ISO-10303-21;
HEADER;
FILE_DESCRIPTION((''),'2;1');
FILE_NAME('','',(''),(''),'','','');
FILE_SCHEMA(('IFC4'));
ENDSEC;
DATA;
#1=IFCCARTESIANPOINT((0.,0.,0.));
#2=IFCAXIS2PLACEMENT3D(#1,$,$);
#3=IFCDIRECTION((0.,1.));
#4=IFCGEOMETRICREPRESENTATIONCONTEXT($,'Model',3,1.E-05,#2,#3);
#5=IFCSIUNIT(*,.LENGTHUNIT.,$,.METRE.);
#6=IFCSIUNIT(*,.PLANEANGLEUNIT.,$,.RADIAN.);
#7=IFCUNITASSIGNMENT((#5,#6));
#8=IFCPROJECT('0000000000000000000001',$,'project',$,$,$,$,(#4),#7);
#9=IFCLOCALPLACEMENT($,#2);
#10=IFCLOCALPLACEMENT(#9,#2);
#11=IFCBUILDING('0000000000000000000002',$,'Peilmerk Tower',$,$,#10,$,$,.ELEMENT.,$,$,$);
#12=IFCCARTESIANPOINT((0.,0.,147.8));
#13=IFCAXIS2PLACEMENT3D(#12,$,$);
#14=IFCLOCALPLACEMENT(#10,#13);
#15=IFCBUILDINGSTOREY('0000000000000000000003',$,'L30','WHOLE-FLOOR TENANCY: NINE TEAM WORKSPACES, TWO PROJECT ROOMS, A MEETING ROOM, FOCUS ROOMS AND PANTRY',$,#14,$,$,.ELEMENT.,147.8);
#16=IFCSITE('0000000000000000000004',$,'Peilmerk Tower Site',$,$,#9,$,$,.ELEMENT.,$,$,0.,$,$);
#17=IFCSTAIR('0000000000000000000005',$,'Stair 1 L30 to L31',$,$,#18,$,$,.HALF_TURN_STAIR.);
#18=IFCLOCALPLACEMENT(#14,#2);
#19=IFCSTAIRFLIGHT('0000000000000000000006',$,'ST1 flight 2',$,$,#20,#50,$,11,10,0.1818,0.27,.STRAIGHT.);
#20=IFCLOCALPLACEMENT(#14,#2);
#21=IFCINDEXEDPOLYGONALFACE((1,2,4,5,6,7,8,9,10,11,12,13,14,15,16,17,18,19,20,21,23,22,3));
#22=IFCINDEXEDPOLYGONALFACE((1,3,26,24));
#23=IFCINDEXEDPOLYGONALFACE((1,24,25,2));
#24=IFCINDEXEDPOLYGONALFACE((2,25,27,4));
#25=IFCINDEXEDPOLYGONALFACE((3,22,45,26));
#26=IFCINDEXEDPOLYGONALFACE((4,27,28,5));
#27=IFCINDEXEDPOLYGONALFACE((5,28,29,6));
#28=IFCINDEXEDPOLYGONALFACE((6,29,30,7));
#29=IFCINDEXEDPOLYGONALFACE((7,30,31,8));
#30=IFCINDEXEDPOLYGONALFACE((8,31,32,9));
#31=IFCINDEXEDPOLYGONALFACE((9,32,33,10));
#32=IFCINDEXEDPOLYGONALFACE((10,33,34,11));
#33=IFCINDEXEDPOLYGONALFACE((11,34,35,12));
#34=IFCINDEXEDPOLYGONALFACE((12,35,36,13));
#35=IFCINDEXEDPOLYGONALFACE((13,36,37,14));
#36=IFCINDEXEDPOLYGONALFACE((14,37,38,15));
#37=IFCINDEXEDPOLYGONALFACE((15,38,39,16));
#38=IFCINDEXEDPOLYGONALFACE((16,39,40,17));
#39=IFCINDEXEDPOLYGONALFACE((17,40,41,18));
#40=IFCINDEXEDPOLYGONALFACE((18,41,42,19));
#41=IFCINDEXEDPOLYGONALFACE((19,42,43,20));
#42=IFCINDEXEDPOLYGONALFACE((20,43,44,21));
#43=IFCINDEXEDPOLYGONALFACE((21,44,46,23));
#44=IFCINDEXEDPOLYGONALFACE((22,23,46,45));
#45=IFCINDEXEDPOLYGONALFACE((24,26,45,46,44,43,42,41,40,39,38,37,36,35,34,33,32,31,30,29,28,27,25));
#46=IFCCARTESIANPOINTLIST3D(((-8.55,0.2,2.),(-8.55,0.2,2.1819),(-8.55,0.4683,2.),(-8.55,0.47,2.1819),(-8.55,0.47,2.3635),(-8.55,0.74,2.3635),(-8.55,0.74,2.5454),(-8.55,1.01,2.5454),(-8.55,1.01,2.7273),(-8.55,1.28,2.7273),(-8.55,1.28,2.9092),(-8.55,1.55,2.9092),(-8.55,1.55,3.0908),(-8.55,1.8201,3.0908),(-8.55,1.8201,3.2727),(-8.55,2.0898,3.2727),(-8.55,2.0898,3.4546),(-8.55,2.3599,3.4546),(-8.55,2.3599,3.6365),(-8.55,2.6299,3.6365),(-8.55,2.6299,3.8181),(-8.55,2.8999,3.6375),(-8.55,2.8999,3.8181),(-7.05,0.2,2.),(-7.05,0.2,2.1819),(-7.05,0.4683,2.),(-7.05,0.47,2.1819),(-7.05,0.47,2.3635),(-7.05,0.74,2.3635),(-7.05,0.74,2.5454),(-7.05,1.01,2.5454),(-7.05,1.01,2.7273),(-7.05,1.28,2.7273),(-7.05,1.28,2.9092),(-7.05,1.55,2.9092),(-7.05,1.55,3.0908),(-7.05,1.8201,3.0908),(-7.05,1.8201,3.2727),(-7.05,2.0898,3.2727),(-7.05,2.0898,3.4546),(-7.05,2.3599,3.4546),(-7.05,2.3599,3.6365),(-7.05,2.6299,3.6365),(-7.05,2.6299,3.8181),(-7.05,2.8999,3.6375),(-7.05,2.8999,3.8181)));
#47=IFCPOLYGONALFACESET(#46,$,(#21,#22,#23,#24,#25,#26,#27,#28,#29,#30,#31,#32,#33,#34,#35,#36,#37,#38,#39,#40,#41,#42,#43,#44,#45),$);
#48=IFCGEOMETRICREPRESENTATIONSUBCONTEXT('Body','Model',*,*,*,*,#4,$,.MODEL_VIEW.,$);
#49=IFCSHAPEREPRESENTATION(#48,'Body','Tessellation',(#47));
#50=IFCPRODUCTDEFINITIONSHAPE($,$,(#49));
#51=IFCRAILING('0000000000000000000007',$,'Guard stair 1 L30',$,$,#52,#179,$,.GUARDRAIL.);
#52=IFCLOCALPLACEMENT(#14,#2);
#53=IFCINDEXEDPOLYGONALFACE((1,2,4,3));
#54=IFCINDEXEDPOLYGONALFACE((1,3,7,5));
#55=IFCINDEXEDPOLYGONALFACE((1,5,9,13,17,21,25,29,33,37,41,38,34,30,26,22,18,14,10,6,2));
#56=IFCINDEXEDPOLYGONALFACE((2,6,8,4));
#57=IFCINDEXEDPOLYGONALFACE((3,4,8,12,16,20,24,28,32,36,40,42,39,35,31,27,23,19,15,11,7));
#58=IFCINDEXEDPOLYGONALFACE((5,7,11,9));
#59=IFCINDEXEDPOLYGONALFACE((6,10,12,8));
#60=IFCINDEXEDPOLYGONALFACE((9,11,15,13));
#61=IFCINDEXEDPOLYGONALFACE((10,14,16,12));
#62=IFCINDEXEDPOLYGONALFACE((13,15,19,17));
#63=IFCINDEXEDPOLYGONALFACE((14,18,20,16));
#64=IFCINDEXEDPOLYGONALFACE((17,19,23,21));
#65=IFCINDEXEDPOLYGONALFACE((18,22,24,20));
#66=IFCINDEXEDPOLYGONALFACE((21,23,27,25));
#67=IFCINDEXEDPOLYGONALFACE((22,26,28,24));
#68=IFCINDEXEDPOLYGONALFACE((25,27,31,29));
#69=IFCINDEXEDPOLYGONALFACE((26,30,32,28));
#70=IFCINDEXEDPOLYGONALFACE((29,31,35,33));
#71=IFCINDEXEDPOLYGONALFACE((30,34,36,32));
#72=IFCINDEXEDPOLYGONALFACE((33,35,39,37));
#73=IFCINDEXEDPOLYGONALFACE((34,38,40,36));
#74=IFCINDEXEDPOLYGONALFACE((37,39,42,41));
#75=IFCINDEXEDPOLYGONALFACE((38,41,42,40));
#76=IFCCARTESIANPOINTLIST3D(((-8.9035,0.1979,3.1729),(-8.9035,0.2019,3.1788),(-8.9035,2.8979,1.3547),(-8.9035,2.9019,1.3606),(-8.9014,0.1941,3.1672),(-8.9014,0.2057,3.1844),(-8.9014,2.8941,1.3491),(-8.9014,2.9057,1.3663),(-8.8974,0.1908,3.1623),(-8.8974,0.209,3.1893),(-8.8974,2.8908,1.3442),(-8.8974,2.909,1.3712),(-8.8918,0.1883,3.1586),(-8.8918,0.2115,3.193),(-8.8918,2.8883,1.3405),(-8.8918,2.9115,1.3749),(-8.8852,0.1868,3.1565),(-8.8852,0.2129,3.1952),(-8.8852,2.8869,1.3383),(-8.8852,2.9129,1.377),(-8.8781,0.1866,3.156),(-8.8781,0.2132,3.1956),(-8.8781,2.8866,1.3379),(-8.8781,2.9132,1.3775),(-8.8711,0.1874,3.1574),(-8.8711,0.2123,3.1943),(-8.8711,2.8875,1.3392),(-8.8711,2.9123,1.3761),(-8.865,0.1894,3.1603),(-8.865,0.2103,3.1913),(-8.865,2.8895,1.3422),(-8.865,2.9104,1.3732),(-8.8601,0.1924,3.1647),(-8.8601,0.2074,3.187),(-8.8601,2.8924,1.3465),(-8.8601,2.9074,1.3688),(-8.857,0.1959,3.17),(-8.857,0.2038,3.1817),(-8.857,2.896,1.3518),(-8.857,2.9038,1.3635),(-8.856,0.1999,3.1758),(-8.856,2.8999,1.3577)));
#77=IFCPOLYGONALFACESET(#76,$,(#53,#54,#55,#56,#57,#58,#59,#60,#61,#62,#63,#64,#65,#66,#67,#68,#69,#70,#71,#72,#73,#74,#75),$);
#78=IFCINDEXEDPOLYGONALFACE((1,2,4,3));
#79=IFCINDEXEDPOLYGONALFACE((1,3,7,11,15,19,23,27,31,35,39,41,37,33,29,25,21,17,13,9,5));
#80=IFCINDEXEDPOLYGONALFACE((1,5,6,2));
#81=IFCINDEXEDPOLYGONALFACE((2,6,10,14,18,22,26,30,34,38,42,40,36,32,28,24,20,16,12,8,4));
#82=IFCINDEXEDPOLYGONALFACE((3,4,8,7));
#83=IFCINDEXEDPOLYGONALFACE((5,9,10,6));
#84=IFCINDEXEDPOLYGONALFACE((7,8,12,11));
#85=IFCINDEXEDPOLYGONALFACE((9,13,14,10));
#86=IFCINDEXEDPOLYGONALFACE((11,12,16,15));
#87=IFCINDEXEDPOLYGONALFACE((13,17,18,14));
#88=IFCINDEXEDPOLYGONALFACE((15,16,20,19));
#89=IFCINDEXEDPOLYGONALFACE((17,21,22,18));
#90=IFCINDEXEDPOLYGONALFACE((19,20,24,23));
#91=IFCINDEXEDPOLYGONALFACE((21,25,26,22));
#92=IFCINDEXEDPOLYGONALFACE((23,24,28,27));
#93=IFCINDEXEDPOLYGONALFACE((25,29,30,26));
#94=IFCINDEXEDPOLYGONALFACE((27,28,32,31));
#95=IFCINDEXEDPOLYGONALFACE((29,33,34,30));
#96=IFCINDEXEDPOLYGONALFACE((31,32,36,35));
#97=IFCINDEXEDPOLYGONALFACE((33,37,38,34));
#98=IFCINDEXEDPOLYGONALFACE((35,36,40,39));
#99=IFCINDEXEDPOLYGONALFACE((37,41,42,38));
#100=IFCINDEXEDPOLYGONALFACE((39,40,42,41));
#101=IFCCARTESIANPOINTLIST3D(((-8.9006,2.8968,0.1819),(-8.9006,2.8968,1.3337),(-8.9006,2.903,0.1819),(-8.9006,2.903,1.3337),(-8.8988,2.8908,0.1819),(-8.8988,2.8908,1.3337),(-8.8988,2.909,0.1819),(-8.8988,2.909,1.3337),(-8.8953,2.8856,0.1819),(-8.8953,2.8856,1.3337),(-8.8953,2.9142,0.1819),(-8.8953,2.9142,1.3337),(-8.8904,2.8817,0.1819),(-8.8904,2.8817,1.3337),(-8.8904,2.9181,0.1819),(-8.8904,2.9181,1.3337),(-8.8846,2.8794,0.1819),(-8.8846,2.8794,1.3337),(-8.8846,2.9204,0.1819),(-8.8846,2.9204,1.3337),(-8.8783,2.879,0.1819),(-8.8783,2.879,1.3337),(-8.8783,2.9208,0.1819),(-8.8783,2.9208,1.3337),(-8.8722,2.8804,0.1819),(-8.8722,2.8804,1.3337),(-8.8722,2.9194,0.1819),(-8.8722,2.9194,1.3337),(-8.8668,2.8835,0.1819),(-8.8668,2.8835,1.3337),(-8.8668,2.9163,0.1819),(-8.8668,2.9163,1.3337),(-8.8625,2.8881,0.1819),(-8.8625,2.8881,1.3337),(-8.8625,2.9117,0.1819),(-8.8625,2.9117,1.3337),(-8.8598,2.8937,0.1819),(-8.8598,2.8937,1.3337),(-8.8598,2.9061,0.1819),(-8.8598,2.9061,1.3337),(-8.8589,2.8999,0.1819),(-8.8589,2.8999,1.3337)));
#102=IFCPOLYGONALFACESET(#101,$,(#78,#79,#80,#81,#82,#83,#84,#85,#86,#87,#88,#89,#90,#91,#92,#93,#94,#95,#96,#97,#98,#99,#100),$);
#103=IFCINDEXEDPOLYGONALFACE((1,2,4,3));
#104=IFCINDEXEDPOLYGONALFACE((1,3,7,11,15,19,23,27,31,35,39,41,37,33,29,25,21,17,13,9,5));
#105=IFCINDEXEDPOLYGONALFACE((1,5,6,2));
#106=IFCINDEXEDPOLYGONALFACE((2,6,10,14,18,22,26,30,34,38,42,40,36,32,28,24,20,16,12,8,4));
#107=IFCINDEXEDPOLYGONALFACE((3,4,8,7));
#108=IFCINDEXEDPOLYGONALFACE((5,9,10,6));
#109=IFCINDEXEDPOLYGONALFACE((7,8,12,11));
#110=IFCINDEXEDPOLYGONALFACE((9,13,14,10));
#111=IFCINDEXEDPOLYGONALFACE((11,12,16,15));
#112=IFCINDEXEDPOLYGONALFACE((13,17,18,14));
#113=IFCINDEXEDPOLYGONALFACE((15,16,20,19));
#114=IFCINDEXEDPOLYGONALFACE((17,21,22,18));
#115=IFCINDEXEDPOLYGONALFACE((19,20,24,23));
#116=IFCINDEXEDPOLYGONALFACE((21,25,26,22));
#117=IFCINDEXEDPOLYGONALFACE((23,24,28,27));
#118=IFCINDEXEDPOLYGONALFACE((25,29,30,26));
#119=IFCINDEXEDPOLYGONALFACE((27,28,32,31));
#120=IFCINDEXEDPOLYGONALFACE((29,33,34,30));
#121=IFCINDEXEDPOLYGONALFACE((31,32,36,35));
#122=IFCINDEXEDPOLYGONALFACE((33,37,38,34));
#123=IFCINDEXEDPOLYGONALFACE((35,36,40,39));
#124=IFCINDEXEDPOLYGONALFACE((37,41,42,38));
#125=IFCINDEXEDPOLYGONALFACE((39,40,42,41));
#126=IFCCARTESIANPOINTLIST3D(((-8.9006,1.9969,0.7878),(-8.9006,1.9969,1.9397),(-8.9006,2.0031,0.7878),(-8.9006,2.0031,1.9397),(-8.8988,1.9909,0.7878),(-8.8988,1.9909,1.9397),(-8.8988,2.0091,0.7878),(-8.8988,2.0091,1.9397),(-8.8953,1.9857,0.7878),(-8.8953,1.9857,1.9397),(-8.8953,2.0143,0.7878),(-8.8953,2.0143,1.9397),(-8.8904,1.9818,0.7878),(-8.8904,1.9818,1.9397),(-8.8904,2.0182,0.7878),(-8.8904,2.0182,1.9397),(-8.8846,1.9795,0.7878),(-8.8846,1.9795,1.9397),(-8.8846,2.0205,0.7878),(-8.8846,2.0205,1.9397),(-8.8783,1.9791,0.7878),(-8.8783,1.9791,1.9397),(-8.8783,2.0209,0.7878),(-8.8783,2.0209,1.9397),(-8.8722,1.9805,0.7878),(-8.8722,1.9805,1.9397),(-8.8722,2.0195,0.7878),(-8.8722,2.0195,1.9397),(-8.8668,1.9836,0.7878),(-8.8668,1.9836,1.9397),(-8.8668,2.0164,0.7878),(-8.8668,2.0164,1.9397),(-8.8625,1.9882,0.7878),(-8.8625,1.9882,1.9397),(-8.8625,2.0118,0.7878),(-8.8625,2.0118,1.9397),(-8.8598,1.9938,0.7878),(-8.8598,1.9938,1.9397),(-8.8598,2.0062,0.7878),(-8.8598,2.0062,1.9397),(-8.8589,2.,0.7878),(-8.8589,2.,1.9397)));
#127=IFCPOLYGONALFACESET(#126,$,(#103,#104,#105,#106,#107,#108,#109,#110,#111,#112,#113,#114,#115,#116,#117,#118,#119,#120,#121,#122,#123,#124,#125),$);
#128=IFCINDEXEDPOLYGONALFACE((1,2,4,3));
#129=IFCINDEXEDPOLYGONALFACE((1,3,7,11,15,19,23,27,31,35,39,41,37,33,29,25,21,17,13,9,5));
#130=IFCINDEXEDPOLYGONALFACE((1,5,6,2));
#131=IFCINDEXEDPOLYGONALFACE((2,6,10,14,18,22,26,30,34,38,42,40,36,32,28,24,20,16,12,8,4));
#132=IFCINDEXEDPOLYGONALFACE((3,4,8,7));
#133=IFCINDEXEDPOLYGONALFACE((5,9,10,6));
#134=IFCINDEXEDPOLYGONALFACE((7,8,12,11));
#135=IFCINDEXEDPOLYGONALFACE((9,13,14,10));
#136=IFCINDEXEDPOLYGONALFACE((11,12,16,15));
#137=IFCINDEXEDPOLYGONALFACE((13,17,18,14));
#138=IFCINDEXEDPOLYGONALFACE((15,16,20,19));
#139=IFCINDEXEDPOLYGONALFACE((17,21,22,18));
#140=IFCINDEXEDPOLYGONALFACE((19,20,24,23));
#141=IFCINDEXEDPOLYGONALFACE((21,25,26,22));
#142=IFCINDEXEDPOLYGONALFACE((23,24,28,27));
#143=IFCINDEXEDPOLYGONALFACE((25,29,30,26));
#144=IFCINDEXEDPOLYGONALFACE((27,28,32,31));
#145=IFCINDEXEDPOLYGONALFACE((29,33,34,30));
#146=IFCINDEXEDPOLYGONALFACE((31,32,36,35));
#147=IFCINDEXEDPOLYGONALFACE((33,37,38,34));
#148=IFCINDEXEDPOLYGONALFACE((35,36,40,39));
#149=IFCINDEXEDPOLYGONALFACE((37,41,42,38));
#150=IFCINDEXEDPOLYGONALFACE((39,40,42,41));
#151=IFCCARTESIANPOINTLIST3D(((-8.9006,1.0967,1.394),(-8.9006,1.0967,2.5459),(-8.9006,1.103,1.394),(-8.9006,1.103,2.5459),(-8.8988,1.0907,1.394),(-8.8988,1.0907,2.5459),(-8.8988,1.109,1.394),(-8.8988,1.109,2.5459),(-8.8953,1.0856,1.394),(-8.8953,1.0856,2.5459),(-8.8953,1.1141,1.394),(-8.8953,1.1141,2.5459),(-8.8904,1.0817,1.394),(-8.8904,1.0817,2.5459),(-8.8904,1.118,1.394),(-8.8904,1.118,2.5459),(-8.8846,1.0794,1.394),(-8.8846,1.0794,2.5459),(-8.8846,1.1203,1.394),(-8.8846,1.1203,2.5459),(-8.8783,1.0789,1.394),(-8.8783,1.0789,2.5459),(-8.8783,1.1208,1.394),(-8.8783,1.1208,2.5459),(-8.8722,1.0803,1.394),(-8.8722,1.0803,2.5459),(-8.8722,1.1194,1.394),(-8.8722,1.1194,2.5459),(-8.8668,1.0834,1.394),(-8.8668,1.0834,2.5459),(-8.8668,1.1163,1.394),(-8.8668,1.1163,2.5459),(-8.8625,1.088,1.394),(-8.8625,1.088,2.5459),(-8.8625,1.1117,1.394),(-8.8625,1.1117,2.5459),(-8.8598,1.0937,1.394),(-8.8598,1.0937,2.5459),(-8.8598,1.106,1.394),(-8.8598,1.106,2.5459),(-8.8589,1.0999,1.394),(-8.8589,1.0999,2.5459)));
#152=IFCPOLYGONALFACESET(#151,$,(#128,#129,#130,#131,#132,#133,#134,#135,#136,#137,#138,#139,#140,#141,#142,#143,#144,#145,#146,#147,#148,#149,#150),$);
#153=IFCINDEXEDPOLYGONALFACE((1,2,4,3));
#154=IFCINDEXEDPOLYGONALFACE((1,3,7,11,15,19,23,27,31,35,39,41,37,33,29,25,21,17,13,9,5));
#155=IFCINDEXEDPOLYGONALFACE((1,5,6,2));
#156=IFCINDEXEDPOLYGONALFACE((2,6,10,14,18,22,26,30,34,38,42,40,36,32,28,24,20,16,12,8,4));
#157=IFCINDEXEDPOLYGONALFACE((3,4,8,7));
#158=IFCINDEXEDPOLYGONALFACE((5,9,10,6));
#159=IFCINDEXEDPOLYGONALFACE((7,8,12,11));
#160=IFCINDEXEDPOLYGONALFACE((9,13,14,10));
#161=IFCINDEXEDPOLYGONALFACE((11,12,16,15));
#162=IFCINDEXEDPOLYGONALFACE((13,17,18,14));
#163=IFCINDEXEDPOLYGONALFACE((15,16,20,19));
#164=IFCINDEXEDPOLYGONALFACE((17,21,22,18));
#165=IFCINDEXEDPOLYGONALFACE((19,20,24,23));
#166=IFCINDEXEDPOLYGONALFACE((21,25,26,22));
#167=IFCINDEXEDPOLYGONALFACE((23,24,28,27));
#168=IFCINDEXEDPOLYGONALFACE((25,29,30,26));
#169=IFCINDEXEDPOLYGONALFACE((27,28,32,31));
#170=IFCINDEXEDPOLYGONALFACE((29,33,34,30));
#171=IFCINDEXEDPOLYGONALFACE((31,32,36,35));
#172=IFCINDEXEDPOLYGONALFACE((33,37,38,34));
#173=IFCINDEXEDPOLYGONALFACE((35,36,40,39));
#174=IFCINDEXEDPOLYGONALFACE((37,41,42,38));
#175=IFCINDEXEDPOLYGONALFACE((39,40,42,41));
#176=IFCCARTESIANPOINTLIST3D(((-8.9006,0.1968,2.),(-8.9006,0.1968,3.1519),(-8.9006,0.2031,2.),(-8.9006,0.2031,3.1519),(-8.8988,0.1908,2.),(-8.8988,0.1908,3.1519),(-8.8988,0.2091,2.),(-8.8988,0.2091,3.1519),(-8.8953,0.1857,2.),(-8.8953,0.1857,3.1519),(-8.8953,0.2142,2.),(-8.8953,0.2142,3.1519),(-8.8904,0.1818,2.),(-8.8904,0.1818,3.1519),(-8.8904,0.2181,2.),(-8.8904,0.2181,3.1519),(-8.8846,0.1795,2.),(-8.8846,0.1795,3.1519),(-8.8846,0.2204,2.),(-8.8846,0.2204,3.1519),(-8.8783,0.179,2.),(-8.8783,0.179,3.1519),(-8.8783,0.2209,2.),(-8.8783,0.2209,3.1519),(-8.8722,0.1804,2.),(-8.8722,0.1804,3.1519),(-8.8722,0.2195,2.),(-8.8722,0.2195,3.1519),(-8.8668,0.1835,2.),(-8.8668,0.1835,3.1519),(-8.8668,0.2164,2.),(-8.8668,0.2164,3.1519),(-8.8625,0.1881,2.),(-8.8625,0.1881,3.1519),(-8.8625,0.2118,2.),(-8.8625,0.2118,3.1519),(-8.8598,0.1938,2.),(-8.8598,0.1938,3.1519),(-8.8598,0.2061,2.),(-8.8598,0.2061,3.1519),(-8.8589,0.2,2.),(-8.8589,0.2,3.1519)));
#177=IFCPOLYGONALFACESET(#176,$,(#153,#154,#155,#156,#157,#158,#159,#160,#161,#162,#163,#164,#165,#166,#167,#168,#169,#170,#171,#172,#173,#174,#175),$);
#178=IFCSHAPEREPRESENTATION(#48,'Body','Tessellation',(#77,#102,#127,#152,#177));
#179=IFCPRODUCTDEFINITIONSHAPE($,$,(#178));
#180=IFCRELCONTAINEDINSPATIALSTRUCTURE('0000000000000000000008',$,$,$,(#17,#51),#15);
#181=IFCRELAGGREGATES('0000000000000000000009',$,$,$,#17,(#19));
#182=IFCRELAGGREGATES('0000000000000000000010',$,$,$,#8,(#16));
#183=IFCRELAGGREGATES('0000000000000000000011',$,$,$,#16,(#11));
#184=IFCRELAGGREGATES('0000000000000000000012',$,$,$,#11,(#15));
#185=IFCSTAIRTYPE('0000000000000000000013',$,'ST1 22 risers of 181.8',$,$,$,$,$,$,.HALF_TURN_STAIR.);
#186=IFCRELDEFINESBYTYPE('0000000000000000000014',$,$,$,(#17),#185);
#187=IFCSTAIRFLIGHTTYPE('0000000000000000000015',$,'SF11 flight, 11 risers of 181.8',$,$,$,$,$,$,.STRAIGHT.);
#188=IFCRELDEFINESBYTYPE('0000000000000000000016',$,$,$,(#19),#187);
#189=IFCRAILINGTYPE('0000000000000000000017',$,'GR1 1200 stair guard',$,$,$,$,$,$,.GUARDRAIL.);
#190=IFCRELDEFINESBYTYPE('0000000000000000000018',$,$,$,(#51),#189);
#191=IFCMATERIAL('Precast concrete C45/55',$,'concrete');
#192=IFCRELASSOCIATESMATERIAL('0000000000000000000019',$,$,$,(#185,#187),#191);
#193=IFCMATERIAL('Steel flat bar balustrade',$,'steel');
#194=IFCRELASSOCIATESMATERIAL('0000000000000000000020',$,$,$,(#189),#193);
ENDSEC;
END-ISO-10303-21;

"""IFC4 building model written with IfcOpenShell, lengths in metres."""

from ifc_helpers import new_model, si_unit, direction, frame, origin, origin_2d, place, context, subcontext, project, spatial, polyline, circle, outline, extrude, material, type_object, element, aggregate, save


model = new_model("IFC4")

# Units and contexts
model_context = context("Model", 3, precision=1e-05, world=origin(), true_north=direction((0.0, 1.0)))
body_context = subcontext(model_context, "Body", "Model", "MODEL_VIEW")
ifc_project = project(units=[si_unit("LENGTHUNIT", "METRE"), si_unit("PLANEANGLEUNIT", "RADIAN")], contexts=[model_context])

# Site, building, storey
site_placement = place(None, origin())
site = spatial("IfcSite", under=ifc_project, at=site_placement, Name="Peilmerk Tower Site", CompositionType="ELEMENT", RefElevation=0.0)
building_placement = place(site_placement, origin())
building = spatial("IfcBuilding", under=site, at=building_placement, Name="Peilmerk Tower", CompositionType="ELEMENT")
storey_placement = place(building_placement, frame((0.0, 0.0, 147.8)))
storey = spatial("IfcBuildingStorey", under=building, at=storey_placement, Name="L30", Description="WHOLE-FLOOR TENANCY: NINE TEAM WORKSPACES, TWO PROJECT ROOMS, A MEETING ROOM, FOCUS ROOMS AND PANTRY", CompositionType="ELEMENT", Elevation=147.8)

# Stair, stair flight
ifc_material_1 = material(Name="Precast concrete C45/55", Category="concrete")
stair_type = type_object("IfcStairType", Name="ST1 22 risers of 181.8", PredefinedType="HALF_TURN_STAIR", material=ifc_material_1)
stair_placement = place(storey_placement, origin())
stair = element("IfcStair", 1, at=stair_placement, inside=storey, type_object=stair_type, Name="Stair 1 L30 to L31", PredefinedType="HALF_TURN_STAIR")
stair_flight_type = type_object("IfcStairFlightType", Name="SF11 flight, 11 risers of 181.8", PredefinedType="STRAIGHT", material=ifc_material_1)
stair_flight_1_placement = place(storey_placement, frame((-7.8, 0.2, 2.0), z_axis=(0.0, 0.0, 1.0), x_axis=(0.0, 1.0, 0.0)))
stair_flight_1 = element("IfcStairFlight", 2, at=stair_flight_1_placement, type_object=stair_flight_type, Name="ST1 flight 2", NumberOfRisers=11, NumberOfTreads=10, PredefinedType="STRAIGHT", RiserHeight=0.1818, TreadLength=0.27, context=body_context, shape_type="SweptSolid", body=[
    extrude(outline(polyline([(0.0, 0.0), (0.0, 0.1819), (0.27, 0.1819), (0.27, 0.3635), (0.54, 0.3635), (0.54, 0.5454), (0.8101, 0.5454), (0.8101, 0.7273), (1.0801, 0.7273), (1.0801, 0.9092), (1.3501, 0.9092), (1.3501, 1.0908), (1.6201, 1.0908), (1.6201, 1.2727), (1.8899, 1.2727), (1.8899, 1.4546), (2.1599, 1.4546), (2.1599, 1.6365), (2.4299, 1.6365), (2.4299, 1.8181), (2.7, 1.8181), (2.7, 2.0), (2.7, 1.6375), (0.2683, 0.0), (0.0, 0.0)])), frame((0.0, 0.75, 0.0), z_axis=(0.0, -1.0, 0.0), x_axis=(1.0, 0.0, 0.0)), (0.0, 0.0, 1.0), 1.5),
])
aggregate(stair, [stair_flight_1])

# Railing
ifc_material_2 = material(Name="Steel flat bar balustrade", Category="steel")
railing_type_1 = type_object("IfcRailingType", Name="GR1 1200 stair guard", PredefinedType="GUARDRAIL", material=ifc_material_2)
railing_1_placement = place(storey_placement, frame((-8.8799, 2.8999, 0.1819)))
element("IfcRailing", 3, at=railing_1_placement, inside=storey, type_object=railing_type_1, Name="Guard stair 1 L30", PredefinedType="GUARDRAIL", context=body_context, shape_type="SweptSolid", body=[
    extrude(circle(Radius=0.0239, at=origin_2d()), frame((0.0, 0.0, 1.1758), z_axis=(0.0, -0.829468, 0.558554), x_axis=(1.0, 0.0, 0.0)), (0.0, 0.0, 1.0), 3.2551),
    extrude(circle(Radius=0.021, at=origin_2d()), origin(), (0.0, 0.0, 1.0), 1.1519),
    extrude(circle(Radius=0.021, at=origin_2d()), frame((0.0, -0.8999, 0.606)), (0.0, 0.0, 1.0), 1.1519),
    extrude(circle(Radius=0.021, at=origin_2d()), frame((0.0, -1.8, 1.2122)), (0.0, 0.0, 1.0), 1.1519),
    extrude(circle(Radius=0.021, at=origin_2d()), frame((0.0, -2.7, 1.8181)), (0.0, 0.0, 1.0), 1.1519),
])

save(model, "model.ifc")
